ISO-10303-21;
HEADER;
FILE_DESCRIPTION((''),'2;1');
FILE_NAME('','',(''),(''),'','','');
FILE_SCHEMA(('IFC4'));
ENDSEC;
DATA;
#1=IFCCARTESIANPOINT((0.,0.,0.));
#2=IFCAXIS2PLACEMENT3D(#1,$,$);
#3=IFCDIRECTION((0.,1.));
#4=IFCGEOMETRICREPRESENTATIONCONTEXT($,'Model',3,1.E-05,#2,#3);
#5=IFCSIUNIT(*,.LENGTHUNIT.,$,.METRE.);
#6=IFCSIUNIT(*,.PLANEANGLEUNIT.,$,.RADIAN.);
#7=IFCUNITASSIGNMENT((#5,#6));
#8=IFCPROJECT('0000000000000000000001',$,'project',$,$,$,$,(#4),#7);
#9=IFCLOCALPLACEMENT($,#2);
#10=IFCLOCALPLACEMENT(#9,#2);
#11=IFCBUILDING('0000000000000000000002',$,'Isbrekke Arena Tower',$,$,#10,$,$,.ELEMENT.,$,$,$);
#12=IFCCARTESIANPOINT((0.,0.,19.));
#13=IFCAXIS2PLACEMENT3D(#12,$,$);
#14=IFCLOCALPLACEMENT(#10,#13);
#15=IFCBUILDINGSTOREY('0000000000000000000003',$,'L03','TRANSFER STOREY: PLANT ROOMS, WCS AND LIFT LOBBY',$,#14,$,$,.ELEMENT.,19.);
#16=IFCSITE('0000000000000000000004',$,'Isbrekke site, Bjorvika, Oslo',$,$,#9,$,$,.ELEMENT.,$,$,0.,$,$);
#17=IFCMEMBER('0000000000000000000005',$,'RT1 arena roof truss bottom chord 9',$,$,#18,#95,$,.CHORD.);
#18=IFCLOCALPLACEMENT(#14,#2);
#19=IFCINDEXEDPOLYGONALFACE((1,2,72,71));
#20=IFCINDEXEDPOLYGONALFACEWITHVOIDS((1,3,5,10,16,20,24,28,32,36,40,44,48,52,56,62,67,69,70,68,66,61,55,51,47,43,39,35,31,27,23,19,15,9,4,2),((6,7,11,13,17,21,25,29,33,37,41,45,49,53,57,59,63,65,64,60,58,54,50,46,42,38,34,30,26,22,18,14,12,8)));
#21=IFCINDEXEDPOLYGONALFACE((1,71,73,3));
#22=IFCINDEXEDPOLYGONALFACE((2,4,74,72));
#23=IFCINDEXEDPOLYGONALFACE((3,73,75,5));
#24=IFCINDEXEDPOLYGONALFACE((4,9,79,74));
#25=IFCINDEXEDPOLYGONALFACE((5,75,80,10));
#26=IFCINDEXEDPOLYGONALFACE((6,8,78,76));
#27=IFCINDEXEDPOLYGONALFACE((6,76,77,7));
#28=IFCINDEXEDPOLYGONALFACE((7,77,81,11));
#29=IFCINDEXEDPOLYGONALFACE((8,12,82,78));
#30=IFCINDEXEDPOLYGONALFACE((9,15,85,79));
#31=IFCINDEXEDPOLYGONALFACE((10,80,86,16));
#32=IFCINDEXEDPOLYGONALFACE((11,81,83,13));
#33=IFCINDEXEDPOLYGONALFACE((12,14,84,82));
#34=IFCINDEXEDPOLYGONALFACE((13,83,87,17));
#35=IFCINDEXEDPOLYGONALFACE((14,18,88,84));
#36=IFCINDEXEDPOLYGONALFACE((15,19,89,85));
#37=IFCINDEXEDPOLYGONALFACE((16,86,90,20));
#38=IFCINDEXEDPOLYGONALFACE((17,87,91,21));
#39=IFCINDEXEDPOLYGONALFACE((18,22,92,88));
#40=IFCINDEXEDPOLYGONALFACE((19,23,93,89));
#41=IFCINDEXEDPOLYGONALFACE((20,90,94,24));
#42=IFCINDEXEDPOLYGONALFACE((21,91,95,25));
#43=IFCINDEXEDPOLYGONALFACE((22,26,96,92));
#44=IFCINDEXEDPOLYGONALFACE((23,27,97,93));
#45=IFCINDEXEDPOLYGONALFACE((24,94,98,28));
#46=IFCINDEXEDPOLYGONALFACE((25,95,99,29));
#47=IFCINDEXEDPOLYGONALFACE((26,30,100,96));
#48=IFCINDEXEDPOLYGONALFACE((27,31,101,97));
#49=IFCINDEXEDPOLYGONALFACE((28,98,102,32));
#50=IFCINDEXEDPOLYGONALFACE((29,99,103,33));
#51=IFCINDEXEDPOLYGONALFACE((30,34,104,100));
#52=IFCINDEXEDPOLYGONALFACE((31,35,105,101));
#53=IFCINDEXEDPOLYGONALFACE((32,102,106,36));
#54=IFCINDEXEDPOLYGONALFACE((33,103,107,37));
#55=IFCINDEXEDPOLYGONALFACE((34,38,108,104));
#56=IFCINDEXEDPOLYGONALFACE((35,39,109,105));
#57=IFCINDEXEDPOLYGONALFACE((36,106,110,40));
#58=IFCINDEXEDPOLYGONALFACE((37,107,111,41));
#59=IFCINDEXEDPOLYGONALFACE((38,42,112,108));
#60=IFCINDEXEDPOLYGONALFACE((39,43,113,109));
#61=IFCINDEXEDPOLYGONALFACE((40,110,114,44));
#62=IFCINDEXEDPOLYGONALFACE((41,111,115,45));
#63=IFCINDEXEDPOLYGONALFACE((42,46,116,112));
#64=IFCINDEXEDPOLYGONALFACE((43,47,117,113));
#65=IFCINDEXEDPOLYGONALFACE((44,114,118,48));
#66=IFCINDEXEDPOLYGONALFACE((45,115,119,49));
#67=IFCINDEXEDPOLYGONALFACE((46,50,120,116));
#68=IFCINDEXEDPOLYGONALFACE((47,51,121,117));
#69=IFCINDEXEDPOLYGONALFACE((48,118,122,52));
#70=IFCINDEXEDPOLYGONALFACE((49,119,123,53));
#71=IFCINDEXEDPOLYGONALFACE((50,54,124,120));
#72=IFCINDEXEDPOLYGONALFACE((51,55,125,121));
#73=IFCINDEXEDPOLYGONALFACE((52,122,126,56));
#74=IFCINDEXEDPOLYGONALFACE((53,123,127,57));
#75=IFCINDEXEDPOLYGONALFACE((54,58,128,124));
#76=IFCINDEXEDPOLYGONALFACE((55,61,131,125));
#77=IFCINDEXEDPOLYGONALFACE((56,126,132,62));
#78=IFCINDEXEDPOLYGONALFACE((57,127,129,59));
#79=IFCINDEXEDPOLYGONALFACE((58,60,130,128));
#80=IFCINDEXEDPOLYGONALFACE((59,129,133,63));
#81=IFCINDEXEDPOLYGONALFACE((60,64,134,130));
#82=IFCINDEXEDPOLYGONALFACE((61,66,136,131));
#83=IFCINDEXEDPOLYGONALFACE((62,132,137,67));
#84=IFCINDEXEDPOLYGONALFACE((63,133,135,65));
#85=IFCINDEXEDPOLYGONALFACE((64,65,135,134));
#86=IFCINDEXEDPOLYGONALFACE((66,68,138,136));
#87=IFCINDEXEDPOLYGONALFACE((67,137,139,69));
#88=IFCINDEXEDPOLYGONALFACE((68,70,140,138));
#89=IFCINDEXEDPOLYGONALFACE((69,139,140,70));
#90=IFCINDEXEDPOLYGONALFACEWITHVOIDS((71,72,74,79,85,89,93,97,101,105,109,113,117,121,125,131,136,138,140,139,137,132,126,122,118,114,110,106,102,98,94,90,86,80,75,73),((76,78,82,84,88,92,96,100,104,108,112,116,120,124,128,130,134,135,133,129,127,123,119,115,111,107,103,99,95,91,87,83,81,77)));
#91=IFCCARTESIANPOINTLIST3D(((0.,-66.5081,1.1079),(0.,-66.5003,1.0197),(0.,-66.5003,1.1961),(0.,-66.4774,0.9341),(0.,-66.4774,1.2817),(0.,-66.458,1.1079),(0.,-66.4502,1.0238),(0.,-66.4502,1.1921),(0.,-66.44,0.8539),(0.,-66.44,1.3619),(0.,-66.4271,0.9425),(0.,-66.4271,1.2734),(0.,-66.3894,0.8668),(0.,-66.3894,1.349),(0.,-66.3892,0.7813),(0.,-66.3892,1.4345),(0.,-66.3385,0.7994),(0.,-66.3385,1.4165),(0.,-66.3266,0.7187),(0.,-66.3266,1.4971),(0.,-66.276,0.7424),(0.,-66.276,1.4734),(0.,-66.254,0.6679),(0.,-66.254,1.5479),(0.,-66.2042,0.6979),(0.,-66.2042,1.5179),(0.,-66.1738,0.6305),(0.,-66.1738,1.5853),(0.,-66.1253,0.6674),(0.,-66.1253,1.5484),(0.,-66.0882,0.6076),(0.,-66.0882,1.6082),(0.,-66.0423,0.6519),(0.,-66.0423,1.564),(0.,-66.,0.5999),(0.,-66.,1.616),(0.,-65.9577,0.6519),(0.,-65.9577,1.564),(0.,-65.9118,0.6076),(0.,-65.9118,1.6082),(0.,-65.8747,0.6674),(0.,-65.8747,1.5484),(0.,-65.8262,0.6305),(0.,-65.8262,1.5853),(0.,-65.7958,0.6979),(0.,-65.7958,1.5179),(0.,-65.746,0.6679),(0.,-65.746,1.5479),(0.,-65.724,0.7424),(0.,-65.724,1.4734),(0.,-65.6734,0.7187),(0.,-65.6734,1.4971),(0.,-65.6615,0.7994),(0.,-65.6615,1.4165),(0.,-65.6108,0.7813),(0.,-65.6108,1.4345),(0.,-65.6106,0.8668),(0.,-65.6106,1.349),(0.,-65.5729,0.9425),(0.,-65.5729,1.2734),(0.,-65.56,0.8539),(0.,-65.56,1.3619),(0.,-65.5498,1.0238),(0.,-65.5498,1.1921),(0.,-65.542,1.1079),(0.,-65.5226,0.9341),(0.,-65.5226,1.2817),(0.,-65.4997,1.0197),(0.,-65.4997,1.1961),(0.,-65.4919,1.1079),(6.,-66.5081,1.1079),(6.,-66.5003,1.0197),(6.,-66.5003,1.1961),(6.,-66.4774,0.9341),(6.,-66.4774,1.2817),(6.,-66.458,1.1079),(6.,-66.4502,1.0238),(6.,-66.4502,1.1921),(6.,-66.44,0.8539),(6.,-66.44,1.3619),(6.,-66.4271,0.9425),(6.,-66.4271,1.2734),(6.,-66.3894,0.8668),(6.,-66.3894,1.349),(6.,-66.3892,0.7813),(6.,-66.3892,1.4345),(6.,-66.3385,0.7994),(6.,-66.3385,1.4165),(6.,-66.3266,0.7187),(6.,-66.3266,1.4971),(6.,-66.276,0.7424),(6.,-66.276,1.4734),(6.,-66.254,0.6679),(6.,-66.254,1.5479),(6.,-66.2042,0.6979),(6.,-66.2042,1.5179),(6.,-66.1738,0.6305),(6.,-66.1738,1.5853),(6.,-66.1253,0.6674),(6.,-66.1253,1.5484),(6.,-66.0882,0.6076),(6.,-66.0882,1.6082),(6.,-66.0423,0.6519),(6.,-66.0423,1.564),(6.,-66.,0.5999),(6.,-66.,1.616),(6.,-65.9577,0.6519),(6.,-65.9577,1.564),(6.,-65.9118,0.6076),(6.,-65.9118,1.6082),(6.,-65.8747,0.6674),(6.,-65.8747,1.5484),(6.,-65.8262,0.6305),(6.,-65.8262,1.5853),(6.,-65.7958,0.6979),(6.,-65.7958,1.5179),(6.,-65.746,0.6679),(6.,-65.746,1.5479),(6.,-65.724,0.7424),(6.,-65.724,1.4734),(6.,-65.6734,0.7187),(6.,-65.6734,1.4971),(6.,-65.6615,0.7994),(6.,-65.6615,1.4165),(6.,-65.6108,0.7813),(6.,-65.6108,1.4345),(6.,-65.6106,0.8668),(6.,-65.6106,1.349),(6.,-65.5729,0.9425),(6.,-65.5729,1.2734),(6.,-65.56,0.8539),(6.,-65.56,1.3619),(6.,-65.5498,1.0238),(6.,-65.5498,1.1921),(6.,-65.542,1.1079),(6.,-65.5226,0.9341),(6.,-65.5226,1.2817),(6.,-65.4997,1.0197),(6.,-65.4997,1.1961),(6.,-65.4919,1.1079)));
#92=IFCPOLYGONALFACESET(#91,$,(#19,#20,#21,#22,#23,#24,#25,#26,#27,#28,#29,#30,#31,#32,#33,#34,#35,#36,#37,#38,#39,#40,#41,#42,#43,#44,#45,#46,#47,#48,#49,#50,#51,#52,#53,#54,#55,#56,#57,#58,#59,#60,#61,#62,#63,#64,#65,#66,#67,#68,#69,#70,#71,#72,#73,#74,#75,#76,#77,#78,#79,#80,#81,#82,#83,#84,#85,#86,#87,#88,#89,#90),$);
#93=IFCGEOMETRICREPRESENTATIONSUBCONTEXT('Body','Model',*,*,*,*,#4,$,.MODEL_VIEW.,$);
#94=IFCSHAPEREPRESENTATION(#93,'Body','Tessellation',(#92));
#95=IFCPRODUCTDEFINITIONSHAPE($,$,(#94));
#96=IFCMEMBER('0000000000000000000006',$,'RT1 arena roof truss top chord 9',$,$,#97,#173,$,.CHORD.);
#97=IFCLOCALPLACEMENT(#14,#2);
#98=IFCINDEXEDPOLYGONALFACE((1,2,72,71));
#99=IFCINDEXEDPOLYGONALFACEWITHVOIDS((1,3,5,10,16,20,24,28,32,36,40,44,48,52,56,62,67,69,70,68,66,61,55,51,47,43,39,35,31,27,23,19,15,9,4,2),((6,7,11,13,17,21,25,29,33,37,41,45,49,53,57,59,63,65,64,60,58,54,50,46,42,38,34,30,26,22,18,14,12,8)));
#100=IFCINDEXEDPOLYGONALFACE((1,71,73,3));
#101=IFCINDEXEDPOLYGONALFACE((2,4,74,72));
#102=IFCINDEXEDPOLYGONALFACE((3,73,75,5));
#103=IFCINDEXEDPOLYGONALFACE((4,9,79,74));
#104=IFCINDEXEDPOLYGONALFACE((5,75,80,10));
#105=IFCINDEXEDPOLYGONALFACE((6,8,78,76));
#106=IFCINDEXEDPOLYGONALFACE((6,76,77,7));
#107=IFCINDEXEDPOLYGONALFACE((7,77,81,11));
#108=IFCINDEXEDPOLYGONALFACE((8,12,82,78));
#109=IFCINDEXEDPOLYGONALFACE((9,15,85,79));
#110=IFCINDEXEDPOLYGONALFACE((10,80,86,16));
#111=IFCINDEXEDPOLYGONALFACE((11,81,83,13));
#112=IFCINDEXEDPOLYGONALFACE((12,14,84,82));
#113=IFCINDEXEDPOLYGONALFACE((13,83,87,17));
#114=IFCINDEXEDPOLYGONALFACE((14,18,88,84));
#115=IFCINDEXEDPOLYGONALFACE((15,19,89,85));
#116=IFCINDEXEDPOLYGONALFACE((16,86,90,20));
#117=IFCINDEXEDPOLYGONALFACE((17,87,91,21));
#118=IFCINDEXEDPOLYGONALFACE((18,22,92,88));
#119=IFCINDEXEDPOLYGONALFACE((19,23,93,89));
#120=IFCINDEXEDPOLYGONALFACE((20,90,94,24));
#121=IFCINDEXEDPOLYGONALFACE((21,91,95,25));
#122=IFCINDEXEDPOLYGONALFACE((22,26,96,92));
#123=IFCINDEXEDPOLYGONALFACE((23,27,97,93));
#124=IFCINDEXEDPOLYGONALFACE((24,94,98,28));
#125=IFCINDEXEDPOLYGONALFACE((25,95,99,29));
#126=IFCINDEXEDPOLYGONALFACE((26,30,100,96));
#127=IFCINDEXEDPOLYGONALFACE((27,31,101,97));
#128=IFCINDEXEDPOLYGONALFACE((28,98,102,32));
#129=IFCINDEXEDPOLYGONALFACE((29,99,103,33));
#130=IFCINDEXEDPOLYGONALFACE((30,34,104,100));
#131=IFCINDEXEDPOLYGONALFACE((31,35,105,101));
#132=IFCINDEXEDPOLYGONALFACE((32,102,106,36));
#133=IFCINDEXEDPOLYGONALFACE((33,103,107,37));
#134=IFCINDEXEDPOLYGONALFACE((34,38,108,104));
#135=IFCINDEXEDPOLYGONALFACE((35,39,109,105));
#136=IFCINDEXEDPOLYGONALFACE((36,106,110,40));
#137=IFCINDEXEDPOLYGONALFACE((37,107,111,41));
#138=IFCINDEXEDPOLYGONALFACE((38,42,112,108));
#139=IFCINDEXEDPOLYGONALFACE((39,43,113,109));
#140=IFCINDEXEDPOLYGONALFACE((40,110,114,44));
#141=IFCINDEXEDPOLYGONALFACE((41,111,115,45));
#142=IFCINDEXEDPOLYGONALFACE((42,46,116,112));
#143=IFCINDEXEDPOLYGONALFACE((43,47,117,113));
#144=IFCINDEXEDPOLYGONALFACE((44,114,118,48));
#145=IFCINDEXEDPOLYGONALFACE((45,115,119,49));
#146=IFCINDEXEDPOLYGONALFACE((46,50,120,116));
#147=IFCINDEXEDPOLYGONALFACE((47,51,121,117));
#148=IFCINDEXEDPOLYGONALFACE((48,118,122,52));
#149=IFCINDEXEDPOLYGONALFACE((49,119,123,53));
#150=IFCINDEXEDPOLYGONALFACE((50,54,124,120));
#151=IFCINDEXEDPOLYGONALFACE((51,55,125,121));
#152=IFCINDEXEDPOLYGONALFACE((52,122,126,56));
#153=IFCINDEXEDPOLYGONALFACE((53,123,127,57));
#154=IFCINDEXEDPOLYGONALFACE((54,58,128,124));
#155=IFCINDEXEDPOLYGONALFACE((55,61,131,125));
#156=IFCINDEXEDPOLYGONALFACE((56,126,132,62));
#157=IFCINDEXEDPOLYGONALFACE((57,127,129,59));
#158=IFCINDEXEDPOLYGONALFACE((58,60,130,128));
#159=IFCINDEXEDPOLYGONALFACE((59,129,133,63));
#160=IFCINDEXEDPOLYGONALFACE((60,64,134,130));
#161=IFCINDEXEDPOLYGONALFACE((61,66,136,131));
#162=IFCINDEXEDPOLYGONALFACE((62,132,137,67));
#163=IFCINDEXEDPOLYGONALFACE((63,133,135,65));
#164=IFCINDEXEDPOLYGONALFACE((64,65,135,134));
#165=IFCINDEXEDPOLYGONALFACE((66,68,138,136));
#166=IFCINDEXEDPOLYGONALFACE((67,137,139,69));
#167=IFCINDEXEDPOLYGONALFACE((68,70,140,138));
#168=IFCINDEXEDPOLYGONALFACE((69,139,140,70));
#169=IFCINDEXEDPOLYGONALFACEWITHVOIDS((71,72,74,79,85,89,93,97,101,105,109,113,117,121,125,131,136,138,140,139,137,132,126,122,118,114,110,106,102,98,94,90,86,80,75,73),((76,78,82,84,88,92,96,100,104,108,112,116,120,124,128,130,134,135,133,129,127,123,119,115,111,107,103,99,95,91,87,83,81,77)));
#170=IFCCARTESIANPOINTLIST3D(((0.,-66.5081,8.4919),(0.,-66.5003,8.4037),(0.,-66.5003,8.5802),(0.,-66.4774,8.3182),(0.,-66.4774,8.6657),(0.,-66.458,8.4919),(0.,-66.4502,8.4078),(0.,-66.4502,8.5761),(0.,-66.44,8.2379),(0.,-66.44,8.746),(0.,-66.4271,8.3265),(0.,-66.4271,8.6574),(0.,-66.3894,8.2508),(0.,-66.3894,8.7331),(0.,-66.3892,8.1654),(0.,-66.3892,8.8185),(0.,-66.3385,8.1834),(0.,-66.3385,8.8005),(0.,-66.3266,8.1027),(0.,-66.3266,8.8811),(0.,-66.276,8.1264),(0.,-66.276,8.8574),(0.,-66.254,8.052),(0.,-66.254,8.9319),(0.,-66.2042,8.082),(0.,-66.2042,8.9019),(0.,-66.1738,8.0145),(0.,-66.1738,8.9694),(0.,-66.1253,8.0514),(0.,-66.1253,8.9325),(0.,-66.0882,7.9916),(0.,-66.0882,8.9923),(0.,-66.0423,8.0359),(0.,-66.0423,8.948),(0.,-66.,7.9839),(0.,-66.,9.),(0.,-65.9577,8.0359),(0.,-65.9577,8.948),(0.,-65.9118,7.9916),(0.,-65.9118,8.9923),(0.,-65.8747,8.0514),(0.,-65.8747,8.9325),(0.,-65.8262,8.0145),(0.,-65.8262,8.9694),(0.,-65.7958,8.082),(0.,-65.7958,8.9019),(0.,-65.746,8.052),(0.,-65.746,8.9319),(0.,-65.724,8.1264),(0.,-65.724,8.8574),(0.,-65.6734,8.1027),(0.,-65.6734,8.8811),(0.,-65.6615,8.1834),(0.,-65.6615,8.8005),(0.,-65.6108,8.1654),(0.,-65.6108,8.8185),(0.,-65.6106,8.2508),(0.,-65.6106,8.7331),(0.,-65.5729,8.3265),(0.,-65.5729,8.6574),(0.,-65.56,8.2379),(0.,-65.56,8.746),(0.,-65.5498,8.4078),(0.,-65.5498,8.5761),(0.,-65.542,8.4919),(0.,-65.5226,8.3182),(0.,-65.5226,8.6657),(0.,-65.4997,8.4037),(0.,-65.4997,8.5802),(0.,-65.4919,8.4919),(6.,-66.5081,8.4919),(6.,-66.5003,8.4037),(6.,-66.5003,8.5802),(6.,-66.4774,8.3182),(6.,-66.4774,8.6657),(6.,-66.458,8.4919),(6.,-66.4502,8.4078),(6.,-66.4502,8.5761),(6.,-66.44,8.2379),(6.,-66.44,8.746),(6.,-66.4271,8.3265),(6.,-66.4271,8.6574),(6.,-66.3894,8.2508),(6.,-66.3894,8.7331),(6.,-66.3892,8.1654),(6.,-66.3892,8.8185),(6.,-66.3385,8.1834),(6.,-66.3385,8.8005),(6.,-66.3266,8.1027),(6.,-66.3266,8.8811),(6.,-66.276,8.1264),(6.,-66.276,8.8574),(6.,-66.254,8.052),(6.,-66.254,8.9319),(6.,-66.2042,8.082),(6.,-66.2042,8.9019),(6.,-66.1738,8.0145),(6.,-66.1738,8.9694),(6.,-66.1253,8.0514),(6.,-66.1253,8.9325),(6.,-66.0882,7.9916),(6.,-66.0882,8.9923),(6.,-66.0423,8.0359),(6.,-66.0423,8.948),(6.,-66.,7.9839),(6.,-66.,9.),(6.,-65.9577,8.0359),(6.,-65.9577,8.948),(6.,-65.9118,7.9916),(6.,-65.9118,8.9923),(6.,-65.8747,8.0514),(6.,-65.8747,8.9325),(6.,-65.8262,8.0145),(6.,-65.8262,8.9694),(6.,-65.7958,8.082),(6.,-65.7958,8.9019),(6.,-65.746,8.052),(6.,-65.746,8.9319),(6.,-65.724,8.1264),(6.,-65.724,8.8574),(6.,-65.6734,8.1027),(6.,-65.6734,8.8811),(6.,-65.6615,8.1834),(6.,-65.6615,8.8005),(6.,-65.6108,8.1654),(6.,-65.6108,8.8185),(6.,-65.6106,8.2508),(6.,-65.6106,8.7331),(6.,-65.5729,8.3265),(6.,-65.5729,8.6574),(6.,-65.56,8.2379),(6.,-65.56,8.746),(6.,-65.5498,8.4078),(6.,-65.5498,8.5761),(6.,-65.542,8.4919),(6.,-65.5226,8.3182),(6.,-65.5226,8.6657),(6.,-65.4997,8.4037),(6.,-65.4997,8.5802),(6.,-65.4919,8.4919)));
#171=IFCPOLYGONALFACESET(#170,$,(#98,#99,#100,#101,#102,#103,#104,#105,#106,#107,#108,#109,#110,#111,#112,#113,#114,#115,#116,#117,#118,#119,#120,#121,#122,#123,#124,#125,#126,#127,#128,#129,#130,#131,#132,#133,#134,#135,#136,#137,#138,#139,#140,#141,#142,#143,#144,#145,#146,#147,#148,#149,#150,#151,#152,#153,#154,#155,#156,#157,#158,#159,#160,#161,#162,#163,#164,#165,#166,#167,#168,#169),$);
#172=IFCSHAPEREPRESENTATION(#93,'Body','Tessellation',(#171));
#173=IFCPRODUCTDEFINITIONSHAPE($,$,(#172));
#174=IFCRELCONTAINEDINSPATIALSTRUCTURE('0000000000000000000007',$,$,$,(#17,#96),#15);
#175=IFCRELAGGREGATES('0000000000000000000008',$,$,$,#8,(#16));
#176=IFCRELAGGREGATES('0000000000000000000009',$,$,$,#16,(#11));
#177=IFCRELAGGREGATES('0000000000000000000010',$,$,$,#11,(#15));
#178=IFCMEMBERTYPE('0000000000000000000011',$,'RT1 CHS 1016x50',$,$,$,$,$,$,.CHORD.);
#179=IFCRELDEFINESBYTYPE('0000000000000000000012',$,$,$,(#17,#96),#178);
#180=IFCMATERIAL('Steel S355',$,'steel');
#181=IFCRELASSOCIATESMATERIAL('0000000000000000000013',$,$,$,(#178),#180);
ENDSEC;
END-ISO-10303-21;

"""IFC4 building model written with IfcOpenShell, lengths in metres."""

from ifc_helpers import new_model, si_unit, direction, frame, origin, origin_2d, place, context, subcontext, project, spatial, hollow_circle, extrude, material, material_profile, profile_set, type_object, element, save


model = new_model("IFC4")

# Units and contexts
model_context = context("Model", 3, precision=1e-05, world=origin(), true_north=direction((0.0, 1.0)))
body_context = subcontext(model_context, "Body", "Model", "MODEL_VIEW")
ifc_project = project(units=[si_unit("LENGTHUNIT", "METRE"), si_unit("PLANEANGLEUNIT", "RADIAN")], contexts=[model_context])

# Site, building, storey
site_placement = place(None, origin())
site = spatial("IfcSite", under=ifc_project, at=site_placement, Name="Isbrekke site, Bjorvika, Oslo", CompositionType="ELEMENT", RefElevation=0.0)
building_placement = place(site_placement, origin())
building = spatial("IfcBuilding", under=site, at=building_placement, Name="Isbrekke Arena Tower", CompositionType="ELEMENT")
storey_placement = place(building_placement, frame((0.0, 0.0, 19.0)))
storey = spatial("IfcBuildingStorey", under=building, at=storey_placement, Name="L03", Description="TRANSFER STOREY: PLANT ROOMS, WCS AND LIFT LOBBY", CompositionType="ELEMENT", Elevation=19.0)

# Members
ifc_material_1 = material(Name="Steel S355", Category="steel")
ifc_material_profile_1 = material_profile(ifc_material_1, hollow_circle(Radius=0.5081, WallThickness=0.05, at=origin_2d()), Name="CHS 1016x50")
ifc_profile_set_1 = profile_set([ifc_material_profile_1], Name="Steel S355")
member_type_1 = type_object("IfcMemberType", Name="RT1 CHS 1016x50", PredefinedType="CHORD", material=ifc_profile_set_1)
for number, where, z_axis, x_axis, name in (
    (1, (0.0, -66.0, 1.1079), (1.0, 0.0, 0.0), (0.0, 1.0, 0.0), "RT1 arena roof truss bottom chord 9"),
    (2, (0.0, -66.0, 8.4919), (1.0, 0.0, 0.0), (0.0, 1.0, 0.0), "RT1 arena roof truss top chord 9"),
):
    element("IfcMember", number, at=place(storey_placement, frame(where, z_axis=z_axis, x_axis=x_axis)), inside=storey, type_object=member_type_1, Name=name, PredefinedType="CHORD", context=body_context, shape_type="SweptSolid", body=[
        extrude(hollow_circle(Radius=0.5081, WallThickness=0.05, at=origin_2d()), origin(), (0.0, 0.0, 1.0), 6.0),
    ])

save(model, "model.ifc")
